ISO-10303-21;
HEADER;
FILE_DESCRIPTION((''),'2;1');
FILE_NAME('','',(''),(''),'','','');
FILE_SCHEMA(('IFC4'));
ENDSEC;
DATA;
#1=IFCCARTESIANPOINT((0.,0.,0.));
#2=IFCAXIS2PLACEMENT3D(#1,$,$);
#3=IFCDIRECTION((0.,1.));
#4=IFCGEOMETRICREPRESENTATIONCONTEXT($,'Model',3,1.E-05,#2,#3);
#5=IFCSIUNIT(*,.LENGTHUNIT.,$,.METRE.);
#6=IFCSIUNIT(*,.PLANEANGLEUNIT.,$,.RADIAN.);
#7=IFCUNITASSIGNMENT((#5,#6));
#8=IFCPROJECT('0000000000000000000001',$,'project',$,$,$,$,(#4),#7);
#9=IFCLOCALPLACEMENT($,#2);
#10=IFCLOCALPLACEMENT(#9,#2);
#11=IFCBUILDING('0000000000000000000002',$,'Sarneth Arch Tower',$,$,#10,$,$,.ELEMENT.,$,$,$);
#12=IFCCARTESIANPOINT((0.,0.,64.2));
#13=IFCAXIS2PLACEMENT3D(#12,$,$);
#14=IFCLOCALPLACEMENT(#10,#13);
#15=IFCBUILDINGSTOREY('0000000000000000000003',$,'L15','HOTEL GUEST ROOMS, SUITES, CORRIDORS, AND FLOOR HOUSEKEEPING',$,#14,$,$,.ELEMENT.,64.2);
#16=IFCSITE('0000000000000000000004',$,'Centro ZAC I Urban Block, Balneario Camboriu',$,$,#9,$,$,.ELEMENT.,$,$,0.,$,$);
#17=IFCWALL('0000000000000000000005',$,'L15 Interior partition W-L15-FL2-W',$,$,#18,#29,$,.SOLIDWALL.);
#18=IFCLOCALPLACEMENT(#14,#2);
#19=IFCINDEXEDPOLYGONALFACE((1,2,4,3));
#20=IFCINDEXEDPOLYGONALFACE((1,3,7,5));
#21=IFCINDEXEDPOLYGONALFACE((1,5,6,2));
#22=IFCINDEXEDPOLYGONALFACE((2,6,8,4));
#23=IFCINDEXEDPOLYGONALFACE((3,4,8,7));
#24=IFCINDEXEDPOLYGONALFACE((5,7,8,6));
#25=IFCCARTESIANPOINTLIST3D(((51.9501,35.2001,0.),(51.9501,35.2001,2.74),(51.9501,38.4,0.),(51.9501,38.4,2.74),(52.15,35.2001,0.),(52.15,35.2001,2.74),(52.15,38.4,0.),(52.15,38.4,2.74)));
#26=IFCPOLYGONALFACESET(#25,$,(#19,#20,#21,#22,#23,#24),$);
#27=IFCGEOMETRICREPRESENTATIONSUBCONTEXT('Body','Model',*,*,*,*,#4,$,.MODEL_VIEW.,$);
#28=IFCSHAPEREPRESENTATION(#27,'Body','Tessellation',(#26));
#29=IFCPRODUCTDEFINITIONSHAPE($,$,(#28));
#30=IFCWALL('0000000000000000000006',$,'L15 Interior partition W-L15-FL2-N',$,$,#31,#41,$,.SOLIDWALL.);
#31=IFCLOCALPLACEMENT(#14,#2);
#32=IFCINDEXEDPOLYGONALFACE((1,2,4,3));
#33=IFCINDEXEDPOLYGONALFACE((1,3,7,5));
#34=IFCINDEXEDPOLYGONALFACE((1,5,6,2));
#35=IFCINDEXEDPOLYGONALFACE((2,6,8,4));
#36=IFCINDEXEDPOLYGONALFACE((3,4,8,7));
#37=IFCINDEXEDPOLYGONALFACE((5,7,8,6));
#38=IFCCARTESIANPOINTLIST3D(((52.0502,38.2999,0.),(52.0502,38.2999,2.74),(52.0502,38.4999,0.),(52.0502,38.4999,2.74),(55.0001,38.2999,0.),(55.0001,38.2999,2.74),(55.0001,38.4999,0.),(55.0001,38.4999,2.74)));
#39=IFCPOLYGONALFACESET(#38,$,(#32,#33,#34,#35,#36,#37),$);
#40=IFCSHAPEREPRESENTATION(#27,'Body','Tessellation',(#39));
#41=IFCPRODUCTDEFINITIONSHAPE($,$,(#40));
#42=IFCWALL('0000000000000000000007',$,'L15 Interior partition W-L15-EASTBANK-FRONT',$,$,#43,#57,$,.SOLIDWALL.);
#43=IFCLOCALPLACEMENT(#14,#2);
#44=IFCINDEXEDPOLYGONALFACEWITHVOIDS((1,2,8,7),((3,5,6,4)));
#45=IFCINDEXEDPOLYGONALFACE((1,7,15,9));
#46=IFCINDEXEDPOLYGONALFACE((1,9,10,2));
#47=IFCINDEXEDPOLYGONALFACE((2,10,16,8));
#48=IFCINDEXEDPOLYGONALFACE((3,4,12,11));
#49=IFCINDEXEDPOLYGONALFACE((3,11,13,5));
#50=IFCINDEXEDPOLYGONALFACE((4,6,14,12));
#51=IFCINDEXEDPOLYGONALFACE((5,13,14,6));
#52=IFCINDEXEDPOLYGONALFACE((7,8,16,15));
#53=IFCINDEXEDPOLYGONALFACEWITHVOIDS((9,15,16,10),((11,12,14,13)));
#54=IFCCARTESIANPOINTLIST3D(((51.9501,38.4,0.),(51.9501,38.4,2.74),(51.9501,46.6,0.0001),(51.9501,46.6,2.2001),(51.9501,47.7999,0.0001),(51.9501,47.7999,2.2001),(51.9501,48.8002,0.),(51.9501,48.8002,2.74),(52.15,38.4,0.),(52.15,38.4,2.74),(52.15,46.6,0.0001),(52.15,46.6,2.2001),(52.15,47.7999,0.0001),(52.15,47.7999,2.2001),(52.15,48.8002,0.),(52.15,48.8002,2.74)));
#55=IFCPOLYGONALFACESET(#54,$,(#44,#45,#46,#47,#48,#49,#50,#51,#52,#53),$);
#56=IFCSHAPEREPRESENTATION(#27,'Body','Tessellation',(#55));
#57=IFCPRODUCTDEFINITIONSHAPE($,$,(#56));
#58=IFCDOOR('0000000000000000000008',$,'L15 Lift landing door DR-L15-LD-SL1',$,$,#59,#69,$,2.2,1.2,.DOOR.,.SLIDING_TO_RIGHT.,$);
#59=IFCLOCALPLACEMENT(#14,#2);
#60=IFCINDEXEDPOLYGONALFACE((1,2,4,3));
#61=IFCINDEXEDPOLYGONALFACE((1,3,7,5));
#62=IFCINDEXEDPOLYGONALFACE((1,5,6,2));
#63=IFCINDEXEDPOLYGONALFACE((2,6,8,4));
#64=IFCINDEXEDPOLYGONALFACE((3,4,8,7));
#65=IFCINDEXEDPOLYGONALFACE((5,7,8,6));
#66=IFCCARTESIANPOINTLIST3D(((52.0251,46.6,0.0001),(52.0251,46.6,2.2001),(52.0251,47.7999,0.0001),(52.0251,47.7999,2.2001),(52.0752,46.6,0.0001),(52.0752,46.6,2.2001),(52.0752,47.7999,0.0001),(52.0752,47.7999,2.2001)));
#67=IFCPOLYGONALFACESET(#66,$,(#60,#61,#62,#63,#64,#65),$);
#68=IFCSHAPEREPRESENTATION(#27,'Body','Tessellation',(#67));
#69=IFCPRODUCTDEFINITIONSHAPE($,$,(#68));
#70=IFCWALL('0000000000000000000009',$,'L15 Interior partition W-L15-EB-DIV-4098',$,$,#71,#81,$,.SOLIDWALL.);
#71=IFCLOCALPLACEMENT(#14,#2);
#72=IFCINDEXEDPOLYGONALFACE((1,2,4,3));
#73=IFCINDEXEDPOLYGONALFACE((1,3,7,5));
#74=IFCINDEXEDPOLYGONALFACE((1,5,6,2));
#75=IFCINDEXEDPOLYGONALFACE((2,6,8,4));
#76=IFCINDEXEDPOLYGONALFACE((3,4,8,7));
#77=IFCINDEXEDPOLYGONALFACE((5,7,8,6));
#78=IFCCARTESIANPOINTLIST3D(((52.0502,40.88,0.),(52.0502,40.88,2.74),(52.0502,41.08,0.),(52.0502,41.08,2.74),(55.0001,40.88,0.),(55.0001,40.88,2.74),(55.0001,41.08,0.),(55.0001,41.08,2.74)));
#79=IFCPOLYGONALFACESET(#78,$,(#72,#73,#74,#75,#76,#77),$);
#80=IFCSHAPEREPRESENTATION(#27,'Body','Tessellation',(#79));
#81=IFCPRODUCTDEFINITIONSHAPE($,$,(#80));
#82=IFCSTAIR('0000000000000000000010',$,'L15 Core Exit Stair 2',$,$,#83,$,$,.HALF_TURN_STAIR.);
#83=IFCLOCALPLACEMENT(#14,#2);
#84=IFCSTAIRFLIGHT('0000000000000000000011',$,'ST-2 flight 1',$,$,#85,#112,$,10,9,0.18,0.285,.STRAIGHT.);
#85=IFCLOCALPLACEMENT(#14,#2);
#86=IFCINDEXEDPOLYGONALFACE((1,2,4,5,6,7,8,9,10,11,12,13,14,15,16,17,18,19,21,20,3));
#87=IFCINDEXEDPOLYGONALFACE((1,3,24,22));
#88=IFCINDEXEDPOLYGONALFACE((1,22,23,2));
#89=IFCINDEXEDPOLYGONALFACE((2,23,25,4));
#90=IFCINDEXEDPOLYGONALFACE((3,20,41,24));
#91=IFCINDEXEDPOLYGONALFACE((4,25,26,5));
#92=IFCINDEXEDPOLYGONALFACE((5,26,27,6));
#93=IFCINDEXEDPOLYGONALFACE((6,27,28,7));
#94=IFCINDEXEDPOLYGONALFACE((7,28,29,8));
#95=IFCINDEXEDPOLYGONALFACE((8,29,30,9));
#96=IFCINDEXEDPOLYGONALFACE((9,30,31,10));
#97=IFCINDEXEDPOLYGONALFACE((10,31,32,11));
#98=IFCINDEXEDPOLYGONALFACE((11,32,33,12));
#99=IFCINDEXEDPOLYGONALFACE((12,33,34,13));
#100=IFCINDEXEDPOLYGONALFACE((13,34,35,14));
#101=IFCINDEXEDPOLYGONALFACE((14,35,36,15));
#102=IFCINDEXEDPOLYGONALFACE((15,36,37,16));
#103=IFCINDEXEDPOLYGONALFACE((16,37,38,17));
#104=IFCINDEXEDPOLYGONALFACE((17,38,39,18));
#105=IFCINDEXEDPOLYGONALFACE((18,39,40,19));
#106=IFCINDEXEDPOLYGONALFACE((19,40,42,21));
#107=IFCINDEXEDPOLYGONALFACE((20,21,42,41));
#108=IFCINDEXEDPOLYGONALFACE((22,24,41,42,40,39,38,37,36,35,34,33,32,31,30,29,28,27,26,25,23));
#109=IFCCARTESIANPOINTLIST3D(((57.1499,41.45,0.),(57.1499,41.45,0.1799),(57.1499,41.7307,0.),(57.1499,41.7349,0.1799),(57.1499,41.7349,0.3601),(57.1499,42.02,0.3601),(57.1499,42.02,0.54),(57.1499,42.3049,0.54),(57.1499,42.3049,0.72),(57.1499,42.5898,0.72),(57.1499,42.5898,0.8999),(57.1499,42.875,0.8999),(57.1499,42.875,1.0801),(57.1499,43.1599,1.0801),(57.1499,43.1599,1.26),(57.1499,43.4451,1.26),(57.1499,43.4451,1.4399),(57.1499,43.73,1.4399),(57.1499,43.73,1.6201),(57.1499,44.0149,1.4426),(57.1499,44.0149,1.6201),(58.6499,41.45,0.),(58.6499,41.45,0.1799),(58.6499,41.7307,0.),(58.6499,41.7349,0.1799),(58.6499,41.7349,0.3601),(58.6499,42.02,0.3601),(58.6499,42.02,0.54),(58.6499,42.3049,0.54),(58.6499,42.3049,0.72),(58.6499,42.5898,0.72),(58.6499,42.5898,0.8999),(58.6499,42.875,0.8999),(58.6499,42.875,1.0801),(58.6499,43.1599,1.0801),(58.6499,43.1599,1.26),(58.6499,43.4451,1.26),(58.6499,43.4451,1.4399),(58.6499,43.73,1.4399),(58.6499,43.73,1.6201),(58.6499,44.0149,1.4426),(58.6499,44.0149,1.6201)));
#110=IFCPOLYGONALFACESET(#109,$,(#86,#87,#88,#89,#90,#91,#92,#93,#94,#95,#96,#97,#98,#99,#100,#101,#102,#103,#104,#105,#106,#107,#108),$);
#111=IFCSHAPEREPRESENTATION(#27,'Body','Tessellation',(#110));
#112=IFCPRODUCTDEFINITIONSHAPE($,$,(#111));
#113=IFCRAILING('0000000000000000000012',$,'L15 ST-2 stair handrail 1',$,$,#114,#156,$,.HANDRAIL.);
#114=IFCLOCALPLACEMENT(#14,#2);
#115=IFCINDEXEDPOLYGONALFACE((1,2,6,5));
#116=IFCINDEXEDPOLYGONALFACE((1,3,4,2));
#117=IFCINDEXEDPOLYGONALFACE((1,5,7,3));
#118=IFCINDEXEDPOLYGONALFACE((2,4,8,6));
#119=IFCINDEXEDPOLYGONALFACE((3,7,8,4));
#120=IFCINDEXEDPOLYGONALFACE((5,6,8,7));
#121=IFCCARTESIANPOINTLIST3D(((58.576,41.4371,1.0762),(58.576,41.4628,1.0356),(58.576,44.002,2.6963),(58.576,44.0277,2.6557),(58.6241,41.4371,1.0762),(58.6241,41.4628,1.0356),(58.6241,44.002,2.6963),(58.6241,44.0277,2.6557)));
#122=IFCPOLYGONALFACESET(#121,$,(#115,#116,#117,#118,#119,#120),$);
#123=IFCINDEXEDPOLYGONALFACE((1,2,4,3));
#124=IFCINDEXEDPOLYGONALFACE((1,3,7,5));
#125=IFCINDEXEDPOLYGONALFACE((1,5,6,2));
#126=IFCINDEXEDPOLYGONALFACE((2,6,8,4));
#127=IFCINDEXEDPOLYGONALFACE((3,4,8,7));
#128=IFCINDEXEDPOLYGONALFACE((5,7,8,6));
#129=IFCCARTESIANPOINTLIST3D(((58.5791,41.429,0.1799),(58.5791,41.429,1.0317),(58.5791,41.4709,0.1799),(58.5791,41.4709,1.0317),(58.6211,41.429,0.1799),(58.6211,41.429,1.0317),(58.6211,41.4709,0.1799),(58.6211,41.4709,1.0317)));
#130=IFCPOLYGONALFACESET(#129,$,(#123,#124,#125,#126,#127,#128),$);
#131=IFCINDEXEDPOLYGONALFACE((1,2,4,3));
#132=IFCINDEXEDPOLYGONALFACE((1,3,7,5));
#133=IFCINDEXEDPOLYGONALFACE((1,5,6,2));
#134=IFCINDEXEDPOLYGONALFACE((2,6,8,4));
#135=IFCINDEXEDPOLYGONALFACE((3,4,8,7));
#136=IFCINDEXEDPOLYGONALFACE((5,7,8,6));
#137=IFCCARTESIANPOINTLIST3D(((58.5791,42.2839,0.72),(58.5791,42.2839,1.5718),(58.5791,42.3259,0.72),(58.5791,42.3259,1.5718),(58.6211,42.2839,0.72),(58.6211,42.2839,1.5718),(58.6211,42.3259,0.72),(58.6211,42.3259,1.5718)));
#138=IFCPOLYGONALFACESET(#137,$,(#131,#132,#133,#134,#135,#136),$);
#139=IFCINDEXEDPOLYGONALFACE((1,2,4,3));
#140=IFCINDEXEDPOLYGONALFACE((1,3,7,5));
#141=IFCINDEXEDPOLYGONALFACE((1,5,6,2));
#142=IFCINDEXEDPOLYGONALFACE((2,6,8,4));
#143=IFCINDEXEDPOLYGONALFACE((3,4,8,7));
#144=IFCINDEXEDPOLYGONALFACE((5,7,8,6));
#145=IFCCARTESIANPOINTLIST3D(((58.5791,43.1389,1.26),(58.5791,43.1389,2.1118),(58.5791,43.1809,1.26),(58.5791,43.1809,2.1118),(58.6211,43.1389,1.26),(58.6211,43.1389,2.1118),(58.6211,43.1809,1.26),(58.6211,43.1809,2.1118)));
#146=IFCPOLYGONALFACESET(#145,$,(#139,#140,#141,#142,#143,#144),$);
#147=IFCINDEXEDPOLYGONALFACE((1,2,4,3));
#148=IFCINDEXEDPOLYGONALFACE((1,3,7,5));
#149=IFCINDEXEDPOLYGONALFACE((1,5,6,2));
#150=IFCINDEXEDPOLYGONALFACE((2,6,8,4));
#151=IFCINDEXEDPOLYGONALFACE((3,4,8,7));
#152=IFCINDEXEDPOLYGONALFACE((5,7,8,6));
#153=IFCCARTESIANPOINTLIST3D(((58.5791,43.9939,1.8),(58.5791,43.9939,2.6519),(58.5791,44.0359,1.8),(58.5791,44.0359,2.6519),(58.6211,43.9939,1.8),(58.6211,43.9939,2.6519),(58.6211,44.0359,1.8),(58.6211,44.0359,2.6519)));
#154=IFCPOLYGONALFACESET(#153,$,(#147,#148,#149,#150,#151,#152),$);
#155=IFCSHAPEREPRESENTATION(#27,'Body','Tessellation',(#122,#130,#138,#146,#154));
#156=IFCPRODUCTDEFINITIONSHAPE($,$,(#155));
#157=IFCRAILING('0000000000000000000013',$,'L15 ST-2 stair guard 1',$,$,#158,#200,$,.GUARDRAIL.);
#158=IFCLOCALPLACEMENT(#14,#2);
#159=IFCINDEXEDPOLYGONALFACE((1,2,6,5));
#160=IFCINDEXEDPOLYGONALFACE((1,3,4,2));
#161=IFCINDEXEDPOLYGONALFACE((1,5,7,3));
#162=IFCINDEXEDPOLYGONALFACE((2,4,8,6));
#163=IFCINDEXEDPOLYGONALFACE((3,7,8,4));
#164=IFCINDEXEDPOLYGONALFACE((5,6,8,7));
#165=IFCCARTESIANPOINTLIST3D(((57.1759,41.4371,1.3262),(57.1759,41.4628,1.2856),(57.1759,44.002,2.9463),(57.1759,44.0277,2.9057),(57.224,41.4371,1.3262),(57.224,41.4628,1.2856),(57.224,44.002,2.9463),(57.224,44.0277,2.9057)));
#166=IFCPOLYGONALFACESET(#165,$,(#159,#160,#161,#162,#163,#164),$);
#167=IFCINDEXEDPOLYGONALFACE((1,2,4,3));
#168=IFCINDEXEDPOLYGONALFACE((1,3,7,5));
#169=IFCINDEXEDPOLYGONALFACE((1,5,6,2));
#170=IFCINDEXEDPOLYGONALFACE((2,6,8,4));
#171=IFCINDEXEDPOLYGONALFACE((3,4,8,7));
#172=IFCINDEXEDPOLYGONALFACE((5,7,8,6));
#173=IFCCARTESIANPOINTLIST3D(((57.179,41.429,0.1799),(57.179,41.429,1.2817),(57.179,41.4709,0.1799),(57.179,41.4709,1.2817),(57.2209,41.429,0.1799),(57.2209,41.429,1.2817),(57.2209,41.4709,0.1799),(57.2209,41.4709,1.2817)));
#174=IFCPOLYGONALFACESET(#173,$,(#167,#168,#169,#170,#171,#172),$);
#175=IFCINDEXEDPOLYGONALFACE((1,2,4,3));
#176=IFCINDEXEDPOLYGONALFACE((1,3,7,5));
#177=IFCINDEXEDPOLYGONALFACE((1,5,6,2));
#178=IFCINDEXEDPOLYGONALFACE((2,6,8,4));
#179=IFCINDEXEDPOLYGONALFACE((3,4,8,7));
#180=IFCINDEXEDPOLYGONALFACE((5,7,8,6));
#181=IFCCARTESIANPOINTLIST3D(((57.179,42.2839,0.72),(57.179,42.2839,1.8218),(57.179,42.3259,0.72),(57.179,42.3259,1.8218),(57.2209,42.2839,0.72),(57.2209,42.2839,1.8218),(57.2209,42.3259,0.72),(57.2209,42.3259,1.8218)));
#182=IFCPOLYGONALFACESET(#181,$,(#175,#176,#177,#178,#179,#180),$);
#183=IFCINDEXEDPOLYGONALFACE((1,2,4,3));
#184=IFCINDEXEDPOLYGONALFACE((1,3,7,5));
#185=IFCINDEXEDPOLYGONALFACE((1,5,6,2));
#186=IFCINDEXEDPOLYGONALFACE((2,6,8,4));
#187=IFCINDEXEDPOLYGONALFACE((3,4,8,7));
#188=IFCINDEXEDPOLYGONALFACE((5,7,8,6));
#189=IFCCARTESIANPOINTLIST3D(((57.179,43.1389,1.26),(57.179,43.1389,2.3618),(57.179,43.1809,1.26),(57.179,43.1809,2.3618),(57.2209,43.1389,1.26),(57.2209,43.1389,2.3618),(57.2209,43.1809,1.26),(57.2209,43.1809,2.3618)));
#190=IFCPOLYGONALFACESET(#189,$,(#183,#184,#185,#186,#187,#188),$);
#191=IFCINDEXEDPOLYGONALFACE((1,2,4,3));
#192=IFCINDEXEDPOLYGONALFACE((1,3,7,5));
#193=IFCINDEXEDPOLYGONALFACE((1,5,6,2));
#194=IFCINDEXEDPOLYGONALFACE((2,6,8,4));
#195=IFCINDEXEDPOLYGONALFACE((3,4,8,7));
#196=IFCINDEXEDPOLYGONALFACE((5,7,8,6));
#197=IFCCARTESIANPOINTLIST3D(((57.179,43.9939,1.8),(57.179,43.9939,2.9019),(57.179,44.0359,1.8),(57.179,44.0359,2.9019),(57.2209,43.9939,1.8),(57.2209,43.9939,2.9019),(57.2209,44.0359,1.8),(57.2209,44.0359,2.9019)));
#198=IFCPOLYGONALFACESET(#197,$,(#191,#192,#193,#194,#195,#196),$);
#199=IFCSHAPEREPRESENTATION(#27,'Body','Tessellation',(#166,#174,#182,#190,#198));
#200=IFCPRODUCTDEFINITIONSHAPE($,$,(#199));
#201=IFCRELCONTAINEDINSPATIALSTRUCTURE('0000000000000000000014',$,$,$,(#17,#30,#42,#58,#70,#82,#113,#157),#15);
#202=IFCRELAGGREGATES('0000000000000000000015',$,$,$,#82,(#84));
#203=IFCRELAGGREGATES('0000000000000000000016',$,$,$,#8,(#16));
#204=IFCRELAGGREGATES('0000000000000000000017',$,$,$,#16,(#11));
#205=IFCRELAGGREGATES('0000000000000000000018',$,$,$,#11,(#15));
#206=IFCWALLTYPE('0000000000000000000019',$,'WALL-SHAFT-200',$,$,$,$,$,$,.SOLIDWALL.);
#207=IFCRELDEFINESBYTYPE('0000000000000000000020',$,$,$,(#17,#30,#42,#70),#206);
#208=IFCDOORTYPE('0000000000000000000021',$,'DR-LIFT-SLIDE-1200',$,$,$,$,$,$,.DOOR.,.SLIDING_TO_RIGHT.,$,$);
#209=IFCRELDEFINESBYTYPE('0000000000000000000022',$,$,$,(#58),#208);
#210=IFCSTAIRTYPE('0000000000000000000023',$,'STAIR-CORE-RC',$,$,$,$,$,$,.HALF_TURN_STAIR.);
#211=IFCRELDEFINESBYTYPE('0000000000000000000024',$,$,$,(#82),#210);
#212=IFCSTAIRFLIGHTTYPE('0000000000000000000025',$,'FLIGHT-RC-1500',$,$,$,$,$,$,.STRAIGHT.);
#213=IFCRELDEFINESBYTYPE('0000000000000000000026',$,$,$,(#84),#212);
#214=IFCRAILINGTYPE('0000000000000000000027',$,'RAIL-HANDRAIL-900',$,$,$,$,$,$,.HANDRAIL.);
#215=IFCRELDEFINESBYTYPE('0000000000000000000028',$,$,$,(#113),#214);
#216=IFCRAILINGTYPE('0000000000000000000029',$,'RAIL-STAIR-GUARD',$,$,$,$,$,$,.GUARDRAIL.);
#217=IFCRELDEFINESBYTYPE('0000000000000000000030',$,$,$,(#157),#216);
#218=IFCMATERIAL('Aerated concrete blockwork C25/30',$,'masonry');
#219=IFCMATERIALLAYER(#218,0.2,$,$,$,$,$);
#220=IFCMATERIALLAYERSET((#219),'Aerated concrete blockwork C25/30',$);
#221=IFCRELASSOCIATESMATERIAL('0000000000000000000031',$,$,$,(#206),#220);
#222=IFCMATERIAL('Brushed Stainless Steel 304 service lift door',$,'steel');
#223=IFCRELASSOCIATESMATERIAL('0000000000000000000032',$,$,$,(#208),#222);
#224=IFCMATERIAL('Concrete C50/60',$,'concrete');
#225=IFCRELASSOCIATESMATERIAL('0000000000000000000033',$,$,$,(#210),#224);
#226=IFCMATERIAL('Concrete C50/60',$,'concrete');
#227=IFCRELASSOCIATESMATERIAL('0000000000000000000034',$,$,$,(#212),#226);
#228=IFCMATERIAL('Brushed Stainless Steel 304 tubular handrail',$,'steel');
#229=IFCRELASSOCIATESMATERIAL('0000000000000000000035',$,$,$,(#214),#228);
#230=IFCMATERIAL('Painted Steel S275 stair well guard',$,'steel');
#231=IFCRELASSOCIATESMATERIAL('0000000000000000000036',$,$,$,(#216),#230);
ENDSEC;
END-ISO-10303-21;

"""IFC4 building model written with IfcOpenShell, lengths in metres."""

from ifc_helpers import new_model, si_unit, direction, frame, frame_2d, origin, origin_2d, place, context, subcontext, project, spatial, polyline, rectangle, outline, extrude, material, layer, layer_set, type_object, element, fill, aggregate, save


model = new_model("IFC4")

# Units and contexts
model_context = context("Model", 3, precision=1e-05, world=origin(), true_north=direction((0.0, 1.0)))
body_context = subcontext(model_context, "Body", "Model", "MODEL_VIEW")
ifc_project = project(units=[si_unit("LENGTHUNIT", "METRE"), si_unit("PLANEANGLEUNIT", "RADIAN")], contexts=[model_context])

# Site, building, storey
site_placement = place(None, origin())
site = spatial("IfcSite", under=ifc_project, at=site_placement, Name="Centro ZAC I Urban Block, Balneario Camboriu", CompositionType="ELEMENT", RefElevation=0.0)
building_placement = place(site_placement, origin())
building = spatial("IfcBuilding", under=site, at=building_placement, Name="Sarneth Arch Tower", CompositionType="ELEMENT")
storey_placement = place(building_placement, frame((0.0, 0.0, 64.2)))
storey = spatial("IfcBuildingStorey", under=building, at=storey_placement, Name="L15", Description="HOTEL GUEST ROOMS, SUITES, CORRIDORS, AND FLOOR HOUSEKEEPING", CompositionType="ELEMENT", Elevation=64.2)

# Shared definitions
ifc_material_1 = material(Name="Aerated concrete blockwork C25/30", Category="masonry")
ifc_layer_1 = layer(ifc_material_1, 0.2)
ifc_layer_set_1 = layer_set([ifc_layer_1], Name="Aerated concrete blockwork C25/30")
wall_type_1 = type_object("IfcWallType", Name="WALL-SHAFT-200", PredefinedType="SOLIDWALL", material=ifc_layer_set_1)

# Walls
wall_1_placement = place(storey_placement, frame((52.05, 35.2, 0.0), z_axis=(0.0, 0.0, 1.0), x_axis=(0.0, 1.0, 0.0)))
element("IfcWall", 1, at=wall_1_placement, inside=storey, type_object=wall_type_1, Name="L15 Interior partition W-L15-FL2-W", PredefinedType="SOLIDWALL", context=body_context, shape_type="SweptSolid", body=[
    extrude(rectangle(XDim=3.2, YDim=0.2, at=frame_2d((1.6001, 0.0))), origin(), (0.0, 0.0, 1.0), 2.74),
])
wall_2_placement = place(storey_placement, frame((52.05, 38.3999, 0.0), z_axis=(0.0, 0.0, 1.0), x_axis=(1.0, 0.0, 0.0)))
element("IfcWall", 2, at=wall_2_placement, inside=storey, type_object=wall_type_1, Name="L15 Interior partition W-L15-FL2-N", PredefinedType="SOLIDWALL", context=body_context, shape_type="SweptSolid", body=[
    extrude(rectangle(XDim=2.95, YDim=0.2, at=frame_2d((1.4751, 0.0))), origin(), (0.0, 0.0, 1.0), 2.74),
])

# Wall, opening, door
wall_3_placement = place(storey_placement, frame((52.05, 38.3999, 0.0), z_axis=(0.0, 0.0, 1.0), x_axis=(0.0, 1.0, 0.0)))
wall_3 = element("IfcWall", 3, at=wall_3_placement, inside=storey, type_object=wall_type_1, Name="L15 Interior partition W-L15-EASTBANK-FRONT", PredefinedType="SOLIDWALL", context=body_context, shape_type="SweptSolid", body=[
    extrude(rectangle(XDim=10.4001, YDim=0.2, at=frame_2d((5.2002, 0.0))), origin(), (0.0, 0.0, 1.0), 2.74),
])
opening_1_placement = place(wall_3_placement, frame((8.2, 0.0, 0.0)))
opening_1 = element("IfcOpeningElement", 4, at=opening_1_placement, cuts=wall_3, PredefinedType="OPENING", context=body_context, shape_type="SweptSolid", body=[
    extrude(rectangle(XDim=1.2, YDim=2.2, at=frame_2d((0.6001, 1.1001))), frame((0.0, 0.1099, 0.0), z_axis=(0.0, -1.0, 0.0), x_axis=(1.0, 0.0, 0.0)), (0.0, 0.0, 1.0), 0.22),
])
ifc_material_2 = material(Name="Brushed Stainless Steel 304 service lift door", Category="steel")
door_type_1 = type_object("IfcDoorType", Name="DR-LIFT-SLIDE-1200", OperationType="SLIDING_TO_RIGHT", PredefinedType="DOOR", material=ifc_material_2)
door_1_placement = place(opening_1_placement, origin())
door_1 = element("IfcDoor", 5, at=door_1_placement, inside=storey, type_object=door_type_1, Name="L15 Lift landing door DR-L15-LD-SL1", OperationType="SLIDING_TO_RIGHT", OverallHeight=2.2, OverallWidth=1.2, PredefinedType="DOOR", context=body_context, shape_type="SweptSolid", body=[
    extrude(rectangle(XDim=1.2, YDim=2.2, at=frame_2d((0.6001, 1.1001))), frame((0.0, 0.0249, 0.0), z_axis=(0.0, -1.0, 0.0), x_axis=(1.0, 0.0, 0.0)), (0.0, 0.0, 1.0), 0.05),
])
fill(opening_1, door_1)

# Wall
wall_4_placement = place(storey_placement, frame((52.05, 40.98, 0.0), z_axis=(0.0, 0.0, 1.0), x_axis=(1.0, 0.0, 0.0)))
element("IfcWall", 6, at=wall_4_placement, inside=storey, type_object=wall_type_1, Name="L15 Interior partition W-L15-EB-DIV-4098", PredefinedType="SOLIDWALL", context=body_context, shape_type="SweptSolid", body=[
    extrude(rectangle(XDim=2.95, YDim=0.2, at=frame_2d((1.4751, 0.0))), origin(), (0.0, 0.0, 1.0), 2.74),
])

# Stair, stair flight
ifc_material_3 = material(Name="Concrete C50/60", Category="concrete")
stair_type = type_object("IfcStairType", Name="STAIR-CORE-RC", PredefinedType="HALF_TURN_STAIR", material=ifc_material_3)
stair_placement = place(storey_placement, origin())
stair = element("IfcStair", 7, at=stair_placement, inside=storey, type_object=stair_type, Name="L15 Core Exit Stair 2", PredefinedType="HALF_TURN_STAIR")
ifc_material_4 = material(Name="Concrete C50/60", Category="concrete")
stair_flight_type = type_object("IfcStairFlightType", Name="FLIGHT-RC-1500", PredefinedType="STRAIGHT", material=ifc_material_4)
stair_flight_placement = place(storey_placement, frame((57.8999, 41.45, 0.0), z_axis=(0.0, 0.0, 1.0), x_axis=(0.0, 1.0, 0.0)))
stair_flight = element("IfcStairFlight", 8, at=stair_flight_placement, type_object=stair_flight_type, Name="ST-2 flight 1", NumberOfRisers=10, NumberOfTreads=9, PredefinedType="STRAIGHT", RiserHeight=0.18, TreadLength=0.285, context=body_context, shape_type="SweptSolid", body=[
    extrude(outline(polyline([(0.0, 0.0), (0.0, 0.1799), (0.2849, 0.1799), (0.2849, 0.3601), (0.5701, 0.3601), (0.5701, 0.54), (0.855, 0.54), (0.855, 0.72), (1.1399, 0.72), (1.1399, 0.8999), (1.425, 0.8999), (1.425, 1.0801), (1.71, 1.0801), (1.71, 1.26), (1.9951, 1.26), (1.9951, 1.4399), (2.28, 1.4399), (2.28, 1.6201), (2.5649, 1.6201), (2.5649, 1.8), (2.5649, 1.4426), (0.2808, 0.0), (0.0, 0.0)])), frame((0.0, 0.75, 0.0), z_axis=(0.0, -1.0, 0.0), x_axis=(1.0, 0.0, 0.0)), (0.0, 0.0, 1.0), 1.5),
])
aggregate(stair, [stair_flight])

# Railings
ifc_material_5 = material(Name="Brushed Stainless Steel 304 tubular handrail", Category="steel")
railing_type_1 = type_object("IfcRailingType", Name="RAIL-HANDRAIL-900", PredefinedType="HANDRAIL", material=ifc_material_5)
railing_1_placement = place(storey_placement, frame((58.6001, 41.45, 0.1799)))
element("IfcRailing", 9, at=railing_1_placement, inside=storey, type_object=railing_type_1, Name="L15 ST-2 stair handrail 1", PredefinedType="HANDRAIL", context=body_context, shape_type="SweptSolid", body=[
    extrude(rectangle(XDim=0.0481, YDim=0.0481, at=origin_2d()), frame((0.0, 0.0, 0.876), z_axis=(0.0, 0.845466, 0.534029), x_axis=(-1.0, 0.0, 0.0)), (0.0, 0.0, 1.0), 3.0337),
    extrude(rectangle(XDim=0.042, YDim=0.042, at=origin_2d()), origin(), (0.0, 0.0, 1.0), 0.8518),
    extrude(rectangle(XDim=0.042, YDim=0.042, at=origin_2d()), frame((0.0, 0.855, 0.54)), (0.0, 0.0, 1.0), 0.8518),
    extrude(rectangle(XDim=0.042, YDim=0.042, at=origin_2d()), frame((0.0, 1.71, 1.0801)), (0.0, 0.0, 1.0), 0.8518),
    extrude(rectangle(XDim=0.042, YDim=0.042, at=origin_2d()), frame((0.0, 2.5649, 1.6201)), (0.0, 0.0, 1.0), 0.8518),
])
ifc_material_6 = material(Name="Painted Steel S275 stair well guard", Category="steel")
railing_type_2 = type_object("IfcRailingType", Name="RAIL-STAIR-GUARD", PredefinedType="GUARDRAIL", material=ifc_material_6)
railing_2_placement = place(storey_placement, frame((57.2, 41.45, 0.1799)))
element("IfcRailing", 10, at=railing_2_placement, inside=storey, type_object=railing_type_2, Name="L15 ST-2 stair guard 1", PredefinedType="GUARDRAIL", context=body_context, shape_type="SweptSolid", body=[
    extrude(rectangle(XDim=0.0481, YDim=0.0481, at=origin_2d()), frame((0.0, 0.0, 1.126), z_axis=(0.0, 0.845466, 0.534029), x_axis=(-1.0, 0.0, 0.0)), (0.0, 0.0, 1.0), 3.0337),
    extrude(rectangle(XDim=0.042, YDim=0.042, at=origin_2d()), origin(), (0.0, 0.0, 1.0), 1.1018),
    extrude(rectangle(XDim=0.042, YDim=0.042, at=origin_2d()), frame((0.0, 0.855, 0.54)), (0.0, 0.0, 1.0), 1.1018),
    extrude(rectangle(XDim=0.042, YDim=0.042, at=origin_2d()), frame((0.0, 1.71, 1.0801)), (0.0, 0.0, 1.0), 1.1018),
    extrude(rectangle(XDim=0.042, YDim=0.042, at=origin_2d()), frame((0.0, 2.5649, 1.6201)), (0.0, 0.0, 1.0), 1.1018),
])

save(model, "model.ifc")
